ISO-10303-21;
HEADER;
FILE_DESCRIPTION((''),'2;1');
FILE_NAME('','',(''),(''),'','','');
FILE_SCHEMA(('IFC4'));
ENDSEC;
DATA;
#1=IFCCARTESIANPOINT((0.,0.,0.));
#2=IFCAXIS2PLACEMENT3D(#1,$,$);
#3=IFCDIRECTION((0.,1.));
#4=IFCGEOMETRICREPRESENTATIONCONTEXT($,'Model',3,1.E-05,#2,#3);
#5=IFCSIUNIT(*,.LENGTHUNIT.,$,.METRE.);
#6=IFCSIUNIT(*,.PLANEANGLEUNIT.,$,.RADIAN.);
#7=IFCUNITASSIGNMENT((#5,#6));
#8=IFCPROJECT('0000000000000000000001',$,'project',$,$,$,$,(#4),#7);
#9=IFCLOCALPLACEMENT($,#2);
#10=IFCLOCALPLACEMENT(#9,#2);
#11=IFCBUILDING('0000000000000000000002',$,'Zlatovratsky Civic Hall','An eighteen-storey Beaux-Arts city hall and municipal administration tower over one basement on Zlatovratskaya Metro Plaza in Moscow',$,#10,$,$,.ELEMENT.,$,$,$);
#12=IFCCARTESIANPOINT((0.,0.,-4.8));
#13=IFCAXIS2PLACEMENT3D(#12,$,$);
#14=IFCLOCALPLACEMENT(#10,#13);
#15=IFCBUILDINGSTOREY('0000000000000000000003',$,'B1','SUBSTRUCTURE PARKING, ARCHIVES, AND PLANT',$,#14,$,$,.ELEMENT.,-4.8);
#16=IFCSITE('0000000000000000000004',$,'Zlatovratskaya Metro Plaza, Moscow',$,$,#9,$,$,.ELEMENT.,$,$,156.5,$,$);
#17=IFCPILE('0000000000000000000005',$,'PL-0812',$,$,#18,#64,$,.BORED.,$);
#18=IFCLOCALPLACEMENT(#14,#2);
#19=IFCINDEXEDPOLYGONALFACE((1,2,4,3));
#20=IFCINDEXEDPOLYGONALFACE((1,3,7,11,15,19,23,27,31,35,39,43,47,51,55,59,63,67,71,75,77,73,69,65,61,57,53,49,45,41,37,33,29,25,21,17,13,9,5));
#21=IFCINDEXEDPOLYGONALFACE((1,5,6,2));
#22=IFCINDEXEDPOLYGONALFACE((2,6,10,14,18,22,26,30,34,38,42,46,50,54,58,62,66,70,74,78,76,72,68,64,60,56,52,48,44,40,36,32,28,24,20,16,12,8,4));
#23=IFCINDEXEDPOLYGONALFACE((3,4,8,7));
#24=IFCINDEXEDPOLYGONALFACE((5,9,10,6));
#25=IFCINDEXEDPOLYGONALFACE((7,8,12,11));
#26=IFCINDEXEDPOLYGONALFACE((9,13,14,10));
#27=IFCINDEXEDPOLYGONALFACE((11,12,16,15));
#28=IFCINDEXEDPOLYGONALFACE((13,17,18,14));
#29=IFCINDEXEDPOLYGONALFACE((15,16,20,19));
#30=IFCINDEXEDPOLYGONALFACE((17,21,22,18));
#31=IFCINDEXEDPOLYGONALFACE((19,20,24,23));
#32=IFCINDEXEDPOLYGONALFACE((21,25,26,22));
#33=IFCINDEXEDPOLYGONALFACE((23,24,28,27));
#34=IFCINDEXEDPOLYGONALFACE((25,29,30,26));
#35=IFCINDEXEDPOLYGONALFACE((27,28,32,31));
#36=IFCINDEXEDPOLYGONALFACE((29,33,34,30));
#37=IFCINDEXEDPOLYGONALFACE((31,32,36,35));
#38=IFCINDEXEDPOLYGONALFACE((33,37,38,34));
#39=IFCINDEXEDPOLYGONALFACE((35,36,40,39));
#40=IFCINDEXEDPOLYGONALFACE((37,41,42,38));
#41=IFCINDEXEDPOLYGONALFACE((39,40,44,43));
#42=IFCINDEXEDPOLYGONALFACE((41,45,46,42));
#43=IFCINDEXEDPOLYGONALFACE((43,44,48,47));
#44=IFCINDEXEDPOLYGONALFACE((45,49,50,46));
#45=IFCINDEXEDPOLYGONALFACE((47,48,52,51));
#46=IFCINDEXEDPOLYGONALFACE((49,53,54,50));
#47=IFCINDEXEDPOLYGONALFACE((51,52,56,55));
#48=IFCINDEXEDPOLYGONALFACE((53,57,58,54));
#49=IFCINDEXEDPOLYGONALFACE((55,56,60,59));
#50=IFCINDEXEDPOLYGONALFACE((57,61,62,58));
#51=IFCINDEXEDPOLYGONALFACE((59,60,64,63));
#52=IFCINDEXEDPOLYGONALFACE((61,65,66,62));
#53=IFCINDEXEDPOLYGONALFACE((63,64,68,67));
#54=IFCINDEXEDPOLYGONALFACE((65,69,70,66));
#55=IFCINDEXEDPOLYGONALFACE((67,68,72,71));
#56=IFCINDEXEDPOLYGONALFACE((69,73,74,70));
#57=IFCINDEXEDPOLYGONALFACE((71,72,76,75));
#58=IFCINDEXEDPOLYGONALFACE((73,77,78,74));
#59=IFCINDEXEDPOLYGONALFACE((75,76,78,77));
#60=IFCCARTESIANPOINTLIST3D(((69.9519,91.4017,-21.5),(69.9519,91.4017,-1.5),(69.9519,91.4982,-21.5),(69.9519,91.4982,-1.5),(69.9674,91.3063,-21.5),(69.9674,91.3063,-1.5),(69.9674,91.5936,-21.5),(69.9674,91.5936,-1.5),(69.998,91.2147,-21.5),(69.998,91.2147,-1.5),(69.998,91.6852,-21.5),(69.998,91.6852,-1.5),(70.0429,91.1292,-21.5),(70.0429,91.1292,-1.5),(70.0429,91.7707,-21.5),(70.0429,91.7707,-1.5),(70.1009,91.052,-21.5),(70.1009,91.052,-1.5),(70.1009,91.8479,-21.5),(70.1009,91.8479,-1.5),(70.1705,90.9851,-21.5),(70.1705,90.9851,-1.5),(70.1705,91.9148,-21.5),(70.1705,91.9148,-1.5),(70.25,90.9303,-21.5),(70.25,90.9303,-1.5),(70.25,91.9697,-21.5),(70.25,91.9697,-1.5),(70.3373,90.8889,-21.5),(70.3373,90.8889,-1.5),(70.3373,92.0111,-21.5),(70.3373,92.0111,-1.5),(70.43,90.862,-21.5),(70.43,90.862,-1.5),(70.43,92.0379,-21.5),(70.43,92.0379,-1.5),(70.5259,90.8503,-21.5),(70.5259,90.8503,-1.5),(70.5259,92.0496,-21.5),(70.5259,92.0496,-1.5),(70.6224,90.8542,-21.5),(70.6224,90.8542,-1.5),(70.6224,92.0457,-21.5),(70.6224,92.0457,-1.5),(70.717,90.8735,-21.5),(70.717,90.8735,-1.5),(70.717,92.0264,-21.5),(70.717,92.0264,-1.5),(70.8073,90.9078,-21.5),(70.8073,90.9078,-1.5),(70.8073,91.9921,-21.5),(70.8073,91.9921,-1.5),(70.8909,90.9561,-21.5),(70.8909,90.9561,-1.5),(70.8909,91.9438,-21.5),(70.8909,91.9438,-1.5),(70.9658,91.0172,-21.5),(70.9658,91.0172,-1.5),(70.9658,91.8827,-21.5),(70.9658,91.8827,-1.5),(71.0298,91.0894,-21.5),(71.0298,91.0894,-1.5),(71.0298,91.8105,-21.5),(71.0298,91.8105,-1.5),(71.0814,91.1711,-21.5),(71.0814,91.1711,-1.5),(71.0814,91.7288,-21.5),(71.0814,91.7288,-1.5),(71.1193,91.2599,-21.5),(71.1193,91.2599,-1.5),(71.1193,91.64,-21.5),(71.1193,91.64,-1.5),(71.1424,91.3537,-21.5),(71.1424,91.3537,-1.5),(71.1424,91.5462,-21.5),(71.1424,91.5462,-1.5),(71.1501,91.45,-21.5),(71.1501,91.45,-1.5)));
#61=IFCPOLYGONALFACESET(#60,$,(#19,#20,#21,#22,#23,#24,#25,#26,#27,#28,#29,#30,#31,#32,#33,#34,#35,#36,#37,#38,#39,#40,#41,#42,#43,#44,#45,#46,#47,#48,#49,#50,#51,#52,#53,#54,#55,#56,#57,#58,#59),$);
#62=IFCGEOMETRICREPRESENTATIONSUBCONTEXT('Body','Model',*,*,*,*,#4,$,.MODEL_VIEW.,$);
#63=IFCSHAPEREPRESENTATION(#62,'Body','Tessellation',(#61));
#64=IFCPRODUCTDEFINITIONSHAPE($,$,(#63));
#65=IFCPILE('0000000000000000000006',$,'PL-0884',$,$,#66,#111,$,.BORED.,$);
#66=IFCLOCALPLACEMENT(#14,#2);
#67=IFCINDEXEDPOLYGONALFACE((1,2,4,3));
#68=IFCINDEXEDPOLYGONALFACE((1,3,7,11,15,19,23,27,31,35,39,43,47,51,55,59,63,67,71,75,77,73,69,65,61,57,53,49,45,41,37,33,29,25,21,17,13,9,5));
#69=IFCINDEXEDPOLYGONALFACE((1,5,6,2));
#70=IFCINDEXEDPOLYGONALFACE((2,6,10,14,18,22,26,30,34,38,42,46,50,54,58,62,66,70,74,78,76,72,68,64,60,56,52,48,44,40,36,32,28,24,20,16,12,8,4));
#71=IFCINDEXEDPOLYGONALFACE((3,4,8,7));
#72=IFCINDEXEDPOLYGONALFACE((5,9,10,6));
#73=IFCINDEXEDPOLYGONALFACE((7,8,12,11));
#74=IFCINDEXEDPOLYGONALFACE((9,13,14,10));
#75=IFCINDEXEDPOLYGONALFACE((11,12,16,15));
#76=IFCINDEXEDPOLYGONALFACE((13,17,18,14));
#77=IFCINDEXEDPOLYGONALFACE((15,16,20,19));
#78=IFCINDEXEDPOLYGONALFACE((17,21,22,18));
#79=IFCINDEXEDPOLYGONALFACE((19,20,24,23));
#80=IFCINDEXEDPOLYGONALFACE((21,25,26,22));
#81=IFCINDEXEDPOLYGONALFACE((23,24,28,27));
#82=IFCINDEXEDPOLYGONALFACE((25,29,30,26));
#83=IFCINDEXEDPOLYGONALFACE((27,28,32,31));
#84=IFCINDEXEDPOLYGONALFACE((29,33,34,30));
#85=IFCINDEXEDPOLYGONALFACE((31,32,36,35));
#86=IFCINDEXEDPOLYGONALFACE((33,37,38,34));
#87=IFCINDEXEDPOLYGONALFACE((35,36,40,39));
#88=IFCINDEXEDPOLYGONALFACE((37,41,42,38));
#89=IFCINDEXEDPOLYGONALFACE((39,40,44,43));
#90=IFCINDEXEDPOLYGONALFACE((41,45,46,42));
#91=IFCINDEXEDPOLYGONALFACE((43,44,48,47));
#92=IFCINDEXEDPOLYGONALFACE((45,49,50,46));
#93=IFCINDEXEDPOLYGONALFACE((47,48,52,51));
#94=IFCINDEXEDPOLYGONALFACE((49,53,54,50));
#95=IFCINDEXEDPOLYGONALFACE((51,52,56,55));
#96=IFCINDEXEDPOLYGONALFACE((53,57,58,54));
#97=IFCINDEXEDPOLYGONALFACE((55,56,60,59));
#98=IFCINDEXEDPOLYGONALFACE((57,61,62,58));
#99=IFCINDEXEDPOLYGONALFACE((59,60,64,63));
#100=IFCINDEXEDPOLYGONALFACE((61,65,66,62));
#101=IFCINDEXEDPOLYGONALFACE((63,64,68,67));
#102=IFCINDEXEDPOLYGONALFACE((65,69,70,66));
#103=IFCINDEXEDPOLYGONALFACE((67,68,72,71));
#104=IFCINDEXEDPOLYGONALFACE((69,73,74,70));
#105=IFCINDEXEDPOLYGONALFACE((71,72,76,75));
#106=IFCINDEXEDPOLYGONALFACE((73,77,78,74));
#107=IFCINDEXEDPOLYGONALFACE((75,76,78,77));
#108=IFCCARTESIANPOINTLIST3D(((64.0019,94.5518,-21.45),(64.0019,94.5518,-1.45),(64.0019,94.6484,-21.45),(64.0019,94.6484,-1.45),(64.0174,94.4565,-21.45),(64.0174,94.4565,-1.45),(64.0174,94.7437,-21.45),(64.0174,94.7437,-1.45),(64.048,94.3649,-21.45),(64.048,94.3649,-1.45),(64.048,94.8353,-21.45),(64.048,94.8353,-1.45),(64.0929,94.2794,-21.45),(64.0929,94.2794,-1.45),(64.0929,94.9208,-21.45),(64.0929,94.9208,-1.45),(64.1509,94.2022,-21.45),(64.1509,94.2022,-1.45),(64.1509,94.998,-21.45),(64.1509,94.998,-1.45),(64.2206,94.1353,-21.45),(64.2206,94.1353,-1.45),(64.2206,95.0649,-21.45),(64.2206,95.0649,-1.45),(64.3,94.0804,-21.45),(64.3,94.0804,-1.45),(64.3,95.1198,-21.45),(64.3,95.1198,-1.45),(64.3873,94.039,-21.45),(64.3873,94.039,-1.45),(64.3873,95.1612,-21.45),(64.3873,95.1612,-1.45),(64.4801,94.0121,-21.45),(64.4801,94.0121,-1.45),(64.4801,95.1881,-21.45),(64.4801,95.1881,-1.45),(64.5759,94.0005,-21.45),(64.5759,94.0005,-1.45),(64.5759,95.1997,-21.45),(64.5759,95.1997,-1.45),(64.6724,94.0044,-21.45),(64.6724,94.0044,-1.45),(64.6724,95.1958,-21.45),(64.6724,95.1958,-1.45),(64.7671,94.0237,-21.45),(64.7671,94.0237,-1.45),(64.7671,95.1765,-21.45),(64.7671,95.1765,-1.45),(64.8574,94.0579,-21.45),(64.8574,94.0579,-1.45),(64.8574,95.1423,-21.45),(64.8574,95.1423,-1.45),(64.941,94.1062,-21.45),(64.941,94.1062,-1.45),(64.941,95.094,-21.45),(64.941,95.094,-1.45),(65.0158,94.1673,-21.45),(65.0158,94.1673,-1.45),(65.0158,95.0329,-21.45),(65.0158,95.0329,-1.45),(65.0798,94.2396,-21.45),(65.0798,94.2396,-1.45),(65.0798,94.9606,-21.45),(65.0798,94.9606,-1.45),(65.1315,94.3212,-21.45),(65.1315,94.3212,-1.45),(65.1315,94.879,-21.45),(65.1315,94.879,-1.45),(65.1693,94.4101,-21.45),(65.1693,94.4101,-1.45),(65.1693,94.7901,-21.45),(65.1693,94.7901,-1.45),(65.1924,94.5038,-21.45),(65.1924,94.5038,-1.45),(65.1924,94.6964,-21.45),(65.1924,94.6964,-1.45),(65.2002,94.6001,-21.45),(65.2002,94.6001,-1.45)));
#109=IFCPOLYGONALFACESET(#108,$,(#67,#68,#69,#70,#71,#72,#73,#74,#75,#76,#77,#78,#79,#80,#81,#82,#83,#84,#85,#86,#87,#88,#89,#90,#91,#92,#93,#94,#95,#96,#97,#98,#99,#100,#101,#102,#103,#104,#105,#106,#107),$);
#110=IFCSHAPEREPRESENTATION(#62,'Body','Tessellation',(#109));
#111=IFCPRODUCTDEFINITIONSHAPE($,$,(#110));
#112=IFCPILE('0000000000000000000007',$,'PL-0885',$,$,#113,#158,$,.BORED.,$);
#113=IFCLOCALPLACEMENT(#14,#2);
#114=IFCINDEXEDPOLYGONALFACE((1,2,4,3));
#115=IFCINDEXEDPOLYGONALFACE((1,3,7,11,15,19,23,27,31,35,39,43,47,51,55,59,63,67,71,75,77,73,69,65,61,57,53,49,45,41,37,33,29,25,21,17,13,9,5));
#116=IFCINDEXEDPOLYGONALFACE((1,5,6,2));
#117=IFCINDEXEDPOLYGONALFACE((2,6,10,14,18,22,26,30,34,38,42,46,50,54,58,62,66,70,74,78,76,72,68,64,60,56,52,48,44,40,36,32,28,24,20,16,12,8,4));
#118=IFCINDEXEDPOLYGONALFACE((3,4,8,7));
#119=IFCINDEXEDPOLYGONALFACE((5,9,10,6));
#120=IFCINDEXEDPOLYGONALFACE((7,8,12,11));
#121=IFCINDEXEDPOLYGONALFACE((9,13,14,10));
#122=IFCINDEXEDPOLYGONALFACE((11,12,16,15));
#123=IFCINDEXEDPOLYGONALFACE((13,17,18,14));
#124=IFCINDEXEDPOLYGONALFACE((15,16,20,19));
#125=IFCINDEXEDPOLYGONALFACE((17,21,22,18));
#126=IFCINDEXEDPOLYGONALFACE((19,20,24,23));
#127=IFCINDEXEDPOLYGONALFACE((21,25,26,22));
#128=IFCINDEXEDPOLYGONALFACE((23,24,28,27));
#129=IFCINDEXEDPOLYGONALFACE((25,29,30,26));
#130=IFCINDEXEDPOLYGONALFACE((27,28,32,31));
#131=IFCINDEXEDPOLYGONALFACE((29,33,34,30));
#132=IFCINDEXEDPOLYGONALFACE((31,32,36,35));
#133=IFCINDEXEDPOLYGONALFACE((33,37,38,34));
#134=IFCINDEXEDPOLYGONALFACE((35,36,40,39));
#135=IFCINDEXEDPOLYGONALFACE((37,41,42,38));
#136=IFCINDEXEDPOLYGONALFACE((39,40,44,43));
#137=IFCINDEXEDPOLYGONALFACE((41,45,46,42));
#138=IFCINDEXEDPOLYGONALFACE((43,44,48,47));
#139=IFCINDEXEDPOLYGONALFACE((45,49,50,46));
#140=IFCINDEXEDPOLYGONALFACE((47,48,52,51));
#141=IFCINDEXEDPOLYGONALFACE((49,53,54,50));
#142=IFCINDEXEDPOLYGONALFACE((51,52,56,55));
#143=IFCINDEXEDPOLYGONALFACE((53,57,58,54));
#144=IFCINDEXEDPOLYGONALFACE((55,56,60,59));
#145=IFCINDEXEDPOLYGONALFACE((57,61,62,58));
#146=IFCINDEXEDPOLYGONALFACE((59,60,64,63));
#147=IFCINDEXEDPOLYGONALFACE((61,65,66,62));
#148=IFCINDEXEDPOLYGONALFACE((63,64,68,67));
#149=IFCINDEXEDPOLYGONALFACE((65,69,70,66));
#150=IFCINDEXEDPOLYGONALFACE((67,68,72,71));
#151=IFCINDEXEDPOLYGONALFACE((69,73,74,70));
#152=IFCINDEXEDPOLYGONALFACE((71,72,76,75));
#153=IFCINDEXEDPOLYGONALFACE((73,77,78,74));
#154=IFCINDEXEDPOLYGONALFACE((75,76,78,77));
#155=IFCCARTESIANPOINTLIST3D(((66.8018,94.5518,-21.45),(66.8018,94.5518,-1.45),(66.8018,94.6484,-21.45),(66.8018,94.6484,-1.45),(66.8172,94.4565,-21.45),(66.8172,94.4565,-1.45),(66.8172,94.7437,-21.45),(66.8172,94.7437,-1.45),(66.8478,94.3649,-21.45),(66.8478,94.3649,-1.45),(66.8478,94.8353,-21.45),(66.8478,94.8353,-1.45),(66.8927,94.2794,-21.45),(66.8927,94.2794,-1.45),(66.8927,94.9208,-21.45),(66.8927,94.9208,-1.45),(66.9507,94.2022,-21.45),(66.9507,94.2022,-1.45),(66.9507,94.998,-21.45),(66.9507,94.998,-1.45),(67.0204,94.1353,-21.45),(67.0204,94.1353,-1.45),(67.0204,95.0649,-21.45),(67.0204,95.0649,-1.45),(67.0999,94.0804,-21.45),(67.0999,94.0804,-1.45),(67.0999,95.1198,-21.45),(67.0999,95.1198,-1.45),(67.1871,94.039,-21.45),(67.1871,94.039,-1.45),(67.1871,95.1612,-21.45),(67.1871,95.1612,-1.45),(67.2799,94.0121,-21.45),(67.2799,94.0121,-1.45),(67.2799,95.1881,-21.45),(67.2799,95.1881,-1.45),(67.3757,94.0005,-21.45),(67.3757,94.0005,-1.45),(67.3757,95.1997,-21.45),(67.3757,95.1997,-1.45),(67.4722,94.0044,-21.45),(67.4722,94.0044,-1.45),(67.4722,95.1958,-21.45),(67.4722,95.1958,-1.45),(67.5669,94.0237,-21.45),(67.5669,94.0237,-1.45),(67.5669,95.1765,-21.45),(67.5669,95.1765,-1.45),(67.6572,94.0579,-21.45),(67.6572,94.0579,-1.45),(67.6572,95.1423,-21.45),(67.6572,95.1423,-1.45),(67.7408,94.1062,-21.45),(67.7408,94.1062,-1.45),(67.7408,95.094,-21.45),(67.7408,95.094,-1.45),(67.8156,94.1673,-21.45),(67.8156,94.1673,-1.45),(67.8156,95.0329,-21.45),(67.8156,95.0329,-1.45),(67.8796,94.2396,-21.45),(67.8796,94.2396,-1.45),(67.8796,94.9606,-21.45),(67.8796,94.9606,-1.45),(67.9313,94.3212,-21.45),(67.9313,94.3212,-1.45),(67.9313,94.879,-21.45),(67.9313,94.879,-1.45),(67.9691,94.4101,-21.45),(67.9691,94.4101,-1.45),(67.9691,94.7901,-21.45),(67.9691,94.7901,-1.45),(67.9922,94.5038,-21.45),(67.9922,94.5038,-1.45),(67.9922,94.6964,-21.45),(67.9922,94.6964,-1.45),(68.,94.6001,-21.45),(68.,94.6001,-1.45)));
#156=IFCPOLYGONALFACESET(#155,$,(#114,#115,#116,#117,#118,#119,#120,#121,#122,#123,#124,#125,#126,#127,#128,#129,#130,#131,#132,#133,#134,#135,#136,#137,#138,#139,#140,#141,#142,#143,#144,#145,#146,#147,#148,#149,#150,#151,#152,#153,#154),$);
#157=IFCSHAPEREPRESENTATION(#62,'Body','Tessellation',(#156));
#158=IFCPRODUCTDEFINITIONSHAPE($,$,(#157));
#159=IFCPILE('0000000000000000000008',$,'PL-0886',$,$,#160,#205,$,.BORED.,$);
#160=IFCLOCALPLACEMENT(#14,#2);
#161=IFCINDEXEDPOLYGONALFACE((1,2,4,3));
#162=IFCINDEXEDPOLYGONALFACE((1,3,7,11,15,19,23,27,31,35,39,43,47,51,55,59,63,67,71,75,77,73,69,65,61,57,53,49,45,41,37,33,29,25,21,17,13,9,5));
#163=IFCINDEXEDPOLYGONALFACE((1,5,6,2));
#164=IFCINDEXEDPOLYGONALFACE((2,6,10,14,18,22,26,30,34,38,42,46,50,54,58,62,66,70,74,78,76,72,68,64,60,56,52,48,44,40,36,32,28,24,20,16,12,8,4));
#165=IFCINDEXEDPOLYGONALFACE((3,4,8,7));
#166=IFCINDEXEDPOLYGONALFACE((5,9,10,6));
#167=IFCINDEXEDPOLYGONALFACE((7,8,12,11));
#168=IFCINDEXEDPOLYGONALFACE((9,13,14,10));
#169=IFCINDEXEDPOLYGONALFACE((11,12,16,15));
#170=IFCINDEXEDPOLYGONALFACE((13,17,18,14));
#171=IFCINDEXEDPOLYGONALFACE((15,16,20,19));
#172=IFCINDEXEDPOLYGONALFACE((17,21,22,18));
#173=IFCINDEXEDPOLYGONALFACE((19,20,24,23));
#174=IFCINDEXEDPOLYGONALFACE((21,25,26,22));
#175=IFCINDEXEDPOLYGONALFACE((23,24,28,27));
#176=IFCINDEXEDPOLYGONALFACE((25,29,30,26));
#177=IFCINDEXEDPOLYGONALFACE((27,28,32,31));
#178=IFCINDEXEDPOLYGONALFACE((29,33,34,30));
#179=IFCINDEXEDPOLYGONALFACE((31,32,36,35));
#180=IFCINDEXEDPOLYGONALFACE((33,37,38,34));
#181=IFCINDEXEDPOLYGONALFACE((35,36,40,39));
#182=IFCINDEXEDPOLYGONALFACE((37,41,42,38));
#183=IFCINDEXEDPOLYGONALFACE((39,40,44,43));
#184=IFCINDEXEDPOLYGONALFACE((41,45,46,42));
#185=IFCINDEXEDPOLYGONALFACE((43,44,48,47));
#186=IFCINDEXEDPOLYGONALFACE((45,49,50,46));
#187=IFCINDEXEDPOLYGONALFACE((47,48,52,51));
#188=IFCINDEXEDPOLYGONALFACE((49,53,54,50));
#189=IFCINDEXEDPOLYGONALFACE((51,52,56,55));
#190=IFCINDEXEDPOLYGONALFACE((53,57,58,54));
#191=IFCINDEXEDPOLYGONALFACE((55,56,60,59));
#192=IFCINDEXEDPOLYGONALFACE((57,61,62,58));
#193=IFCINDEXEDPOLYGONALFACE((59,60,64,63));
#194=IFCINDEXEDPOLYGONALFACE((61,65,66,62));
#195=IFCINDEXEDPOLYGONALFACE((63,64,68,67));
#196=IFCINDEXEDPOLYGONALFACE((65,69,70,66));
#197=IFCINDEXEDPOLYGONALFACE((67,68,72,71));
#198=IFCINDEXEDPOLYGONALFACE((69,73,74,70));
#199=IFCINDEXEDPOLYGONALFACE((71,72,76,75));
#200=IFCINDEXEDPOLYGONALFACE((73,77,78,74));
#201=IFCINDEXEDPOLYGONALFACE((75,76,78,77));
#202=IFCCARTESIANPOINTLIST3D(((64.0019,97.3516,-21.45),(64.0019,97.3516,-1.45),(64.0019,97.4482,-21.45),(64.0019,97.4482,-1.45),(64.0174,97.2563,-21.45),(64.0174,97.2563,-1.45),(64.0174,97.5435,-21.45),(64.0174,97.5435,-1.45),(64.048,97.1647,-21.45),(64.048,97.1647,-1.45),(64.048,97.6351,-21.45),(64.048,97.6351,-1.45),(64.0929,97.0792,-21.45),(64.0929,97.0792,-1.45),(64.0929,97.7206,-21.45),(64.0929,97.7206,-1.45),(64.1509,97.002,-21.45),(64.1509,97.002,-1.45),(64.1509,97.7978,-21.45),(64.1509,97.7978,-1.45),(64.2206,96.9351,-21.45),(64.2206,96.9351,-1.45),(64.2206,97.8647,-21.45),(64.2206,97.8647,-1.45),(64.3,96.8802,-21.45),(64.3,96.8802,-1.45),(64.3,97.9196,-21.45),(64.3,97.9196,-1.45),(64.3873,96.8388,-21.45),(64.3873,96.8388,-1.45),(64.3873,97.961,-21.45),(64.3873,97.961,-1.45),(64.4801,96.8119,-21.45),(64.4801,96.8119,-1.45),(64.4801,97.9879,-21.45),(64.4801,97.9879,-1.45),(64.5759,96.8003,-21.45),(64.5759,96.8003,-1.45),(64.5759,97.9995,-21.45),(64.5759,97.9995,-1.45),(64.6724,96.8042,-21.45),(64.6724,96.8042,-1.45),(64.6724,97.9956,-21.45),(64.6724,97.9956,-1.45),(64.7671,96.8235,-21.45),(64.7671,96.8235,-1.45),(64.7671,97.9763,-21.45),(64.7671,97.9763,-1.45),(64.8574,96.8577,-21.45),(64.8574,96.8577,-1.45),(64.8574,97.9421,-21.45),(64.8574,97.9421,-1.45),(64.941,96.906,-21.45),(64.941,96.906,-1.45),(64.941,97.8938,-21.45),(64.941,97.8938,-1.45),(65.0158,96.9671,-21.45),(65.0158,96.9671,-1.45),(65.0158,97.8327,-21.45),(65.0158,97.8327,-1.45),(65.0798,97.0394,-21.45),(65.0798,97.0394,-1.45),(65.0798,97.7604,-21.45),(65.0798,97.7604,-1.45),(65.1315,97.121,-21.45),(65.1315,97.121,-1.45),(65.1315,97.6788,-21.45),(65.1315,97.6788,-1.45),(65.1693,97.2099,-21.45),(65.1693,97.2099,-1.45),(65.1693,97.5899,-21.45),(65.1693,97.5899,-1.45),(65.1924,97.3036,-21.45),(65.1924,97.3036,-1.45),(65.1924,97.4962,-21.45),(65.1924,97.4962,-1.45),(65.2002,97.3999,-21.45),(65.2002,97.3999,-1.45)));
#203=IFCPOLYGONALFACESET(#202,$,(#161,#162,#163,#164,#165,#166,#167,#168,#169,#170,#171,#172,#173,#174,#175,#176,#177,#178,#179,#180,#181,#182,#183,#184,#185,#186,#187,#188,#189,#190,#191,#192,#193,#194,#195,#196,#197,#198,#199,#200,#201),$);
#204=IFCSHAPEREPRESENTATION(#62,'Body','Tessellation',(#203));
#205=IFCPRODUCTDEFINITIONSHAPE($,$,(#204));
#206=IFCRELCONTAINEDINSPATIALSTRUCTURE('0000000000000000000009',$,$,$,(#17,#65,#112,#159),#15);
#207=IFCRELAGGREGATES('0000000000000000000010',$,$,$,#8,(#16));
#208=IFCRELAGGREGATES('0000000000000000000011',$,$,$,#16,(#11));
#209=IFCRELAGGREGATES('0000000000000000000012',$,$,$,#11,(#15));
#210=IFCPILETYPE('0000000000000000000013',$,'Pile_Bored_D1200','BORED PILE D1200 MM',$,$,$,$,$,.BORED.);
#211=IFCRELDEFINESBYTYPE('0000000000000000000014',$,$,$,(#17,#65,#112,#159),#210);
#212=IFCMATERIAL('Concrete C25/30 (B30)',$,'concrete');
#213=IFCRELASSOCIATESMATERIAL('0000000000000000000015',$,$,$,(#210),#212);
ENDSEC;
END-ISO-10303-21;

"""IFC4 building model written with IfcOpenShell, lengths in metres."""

from ifc_helpers import new_model, si_unit, direction, frame, origin, origin_2d, place, context, subcontext, project, spatial, circle, extrude, material, material_profile, profile_set, type_object, element, save


model = new_model("IFC4")

# Units and contexts
model_context = context("Model", 3, precision=1e-05, world=origin(), true_north=direction((0.0, 1.0)))
body_context = subcontext(model_context, "Body", "Model", "MODEL_VIEW")
ifc_project = project(units=[si_unit("LENGTHUNIT", "METRE"), si_unit("PLANEANGLEUNIT", "RADIAN")], contexts=[model_context])

# Site, building, storey
site_placement = place(None, origin())
site = spatial("IfcSite", under=ifc_project, at=site_placement, Name="Zlatovratskaya Metro Plaza, Moscow", CompositionType="ELEMENT", RefElevation=156.5)
building_placement = place(site_placement, origin())
building = spatial("IfcBuilding", under=site, at=building_placement, Name="Zlatovratsky Civic Hall", Description="An eighteen-storey Beaux-Arts city hall and municipal administration tower over one basement on Zlatovratskaya Metro Plaza in Moscow", CompositionType="ELEMENT")
storey_placement = place(building_placement, frame((0.0, 0.0, -4.8)))
storey = spatial("IfcBuildingStorey", under=building, at=storey_placement, Name="B1", Description="SUBSTRUCTURE PARKING, ARCHIVES, AND PLANT", CompositionType="ELEMENT", Elevation=-4.8)

# Shared definitions
ifc_material_1 = material(Name="Concrete C25/30 (B30)", Category="concrete")

# Piles
ifc_material_profile_1 = material_profile(ifc_material_1, circle(Radius=0.6001, at=origin_2d()), Name="PILE D1200")
ifc_profile_set_1 = profile_set([ifc_material_profile_1], Name="Concrete C25/30 (B30)")
pile_type_1 = type_object("IfcPileType", Name="Pile_Bored_D1200", Description="BORED PILE D1200 MM", PredefinedType="BORED", material=ifc_profile_set_1)
for number, where, z_axis, x_axis, name in (
    (1, (70.55, 91.45, -1.5), (0.0, 0.0, -1.0), (1.0, 0.0, 0.0), "PL-0812"),
    (2, (64.6001, 94.6001, -1.45), (0.0, 0.0, -1.0), (1.0, 0.0, 0.0), "PL-0884"),
    (3, (67.3999, 94.6001, -1.45), (0.0, 0.0, -1.0), (1.0, 0.0, 0.0), "PL-0885"),
    (4, (64.6001, 97.3999, -1.45), (0.0, 0.0, -1.0), (1.0, 0.0, 0.0), "PL-0886"),
):
    element("IfcPile", number, at=place(storey_placement, frame(where, z_axis=z_axis, x_axis=x_axis)), inside=storey, type_object=pile_type_1, Name=name, PredefinedType="BORED", context=body_context, shape_type="SweptSolid", body=[
        extrude(circle(Radius=0.6001, at=origin_2d()), origin(), (0.0, 0.0, 1.0), 20.0),
    ])

save(model, "model.ifc")
